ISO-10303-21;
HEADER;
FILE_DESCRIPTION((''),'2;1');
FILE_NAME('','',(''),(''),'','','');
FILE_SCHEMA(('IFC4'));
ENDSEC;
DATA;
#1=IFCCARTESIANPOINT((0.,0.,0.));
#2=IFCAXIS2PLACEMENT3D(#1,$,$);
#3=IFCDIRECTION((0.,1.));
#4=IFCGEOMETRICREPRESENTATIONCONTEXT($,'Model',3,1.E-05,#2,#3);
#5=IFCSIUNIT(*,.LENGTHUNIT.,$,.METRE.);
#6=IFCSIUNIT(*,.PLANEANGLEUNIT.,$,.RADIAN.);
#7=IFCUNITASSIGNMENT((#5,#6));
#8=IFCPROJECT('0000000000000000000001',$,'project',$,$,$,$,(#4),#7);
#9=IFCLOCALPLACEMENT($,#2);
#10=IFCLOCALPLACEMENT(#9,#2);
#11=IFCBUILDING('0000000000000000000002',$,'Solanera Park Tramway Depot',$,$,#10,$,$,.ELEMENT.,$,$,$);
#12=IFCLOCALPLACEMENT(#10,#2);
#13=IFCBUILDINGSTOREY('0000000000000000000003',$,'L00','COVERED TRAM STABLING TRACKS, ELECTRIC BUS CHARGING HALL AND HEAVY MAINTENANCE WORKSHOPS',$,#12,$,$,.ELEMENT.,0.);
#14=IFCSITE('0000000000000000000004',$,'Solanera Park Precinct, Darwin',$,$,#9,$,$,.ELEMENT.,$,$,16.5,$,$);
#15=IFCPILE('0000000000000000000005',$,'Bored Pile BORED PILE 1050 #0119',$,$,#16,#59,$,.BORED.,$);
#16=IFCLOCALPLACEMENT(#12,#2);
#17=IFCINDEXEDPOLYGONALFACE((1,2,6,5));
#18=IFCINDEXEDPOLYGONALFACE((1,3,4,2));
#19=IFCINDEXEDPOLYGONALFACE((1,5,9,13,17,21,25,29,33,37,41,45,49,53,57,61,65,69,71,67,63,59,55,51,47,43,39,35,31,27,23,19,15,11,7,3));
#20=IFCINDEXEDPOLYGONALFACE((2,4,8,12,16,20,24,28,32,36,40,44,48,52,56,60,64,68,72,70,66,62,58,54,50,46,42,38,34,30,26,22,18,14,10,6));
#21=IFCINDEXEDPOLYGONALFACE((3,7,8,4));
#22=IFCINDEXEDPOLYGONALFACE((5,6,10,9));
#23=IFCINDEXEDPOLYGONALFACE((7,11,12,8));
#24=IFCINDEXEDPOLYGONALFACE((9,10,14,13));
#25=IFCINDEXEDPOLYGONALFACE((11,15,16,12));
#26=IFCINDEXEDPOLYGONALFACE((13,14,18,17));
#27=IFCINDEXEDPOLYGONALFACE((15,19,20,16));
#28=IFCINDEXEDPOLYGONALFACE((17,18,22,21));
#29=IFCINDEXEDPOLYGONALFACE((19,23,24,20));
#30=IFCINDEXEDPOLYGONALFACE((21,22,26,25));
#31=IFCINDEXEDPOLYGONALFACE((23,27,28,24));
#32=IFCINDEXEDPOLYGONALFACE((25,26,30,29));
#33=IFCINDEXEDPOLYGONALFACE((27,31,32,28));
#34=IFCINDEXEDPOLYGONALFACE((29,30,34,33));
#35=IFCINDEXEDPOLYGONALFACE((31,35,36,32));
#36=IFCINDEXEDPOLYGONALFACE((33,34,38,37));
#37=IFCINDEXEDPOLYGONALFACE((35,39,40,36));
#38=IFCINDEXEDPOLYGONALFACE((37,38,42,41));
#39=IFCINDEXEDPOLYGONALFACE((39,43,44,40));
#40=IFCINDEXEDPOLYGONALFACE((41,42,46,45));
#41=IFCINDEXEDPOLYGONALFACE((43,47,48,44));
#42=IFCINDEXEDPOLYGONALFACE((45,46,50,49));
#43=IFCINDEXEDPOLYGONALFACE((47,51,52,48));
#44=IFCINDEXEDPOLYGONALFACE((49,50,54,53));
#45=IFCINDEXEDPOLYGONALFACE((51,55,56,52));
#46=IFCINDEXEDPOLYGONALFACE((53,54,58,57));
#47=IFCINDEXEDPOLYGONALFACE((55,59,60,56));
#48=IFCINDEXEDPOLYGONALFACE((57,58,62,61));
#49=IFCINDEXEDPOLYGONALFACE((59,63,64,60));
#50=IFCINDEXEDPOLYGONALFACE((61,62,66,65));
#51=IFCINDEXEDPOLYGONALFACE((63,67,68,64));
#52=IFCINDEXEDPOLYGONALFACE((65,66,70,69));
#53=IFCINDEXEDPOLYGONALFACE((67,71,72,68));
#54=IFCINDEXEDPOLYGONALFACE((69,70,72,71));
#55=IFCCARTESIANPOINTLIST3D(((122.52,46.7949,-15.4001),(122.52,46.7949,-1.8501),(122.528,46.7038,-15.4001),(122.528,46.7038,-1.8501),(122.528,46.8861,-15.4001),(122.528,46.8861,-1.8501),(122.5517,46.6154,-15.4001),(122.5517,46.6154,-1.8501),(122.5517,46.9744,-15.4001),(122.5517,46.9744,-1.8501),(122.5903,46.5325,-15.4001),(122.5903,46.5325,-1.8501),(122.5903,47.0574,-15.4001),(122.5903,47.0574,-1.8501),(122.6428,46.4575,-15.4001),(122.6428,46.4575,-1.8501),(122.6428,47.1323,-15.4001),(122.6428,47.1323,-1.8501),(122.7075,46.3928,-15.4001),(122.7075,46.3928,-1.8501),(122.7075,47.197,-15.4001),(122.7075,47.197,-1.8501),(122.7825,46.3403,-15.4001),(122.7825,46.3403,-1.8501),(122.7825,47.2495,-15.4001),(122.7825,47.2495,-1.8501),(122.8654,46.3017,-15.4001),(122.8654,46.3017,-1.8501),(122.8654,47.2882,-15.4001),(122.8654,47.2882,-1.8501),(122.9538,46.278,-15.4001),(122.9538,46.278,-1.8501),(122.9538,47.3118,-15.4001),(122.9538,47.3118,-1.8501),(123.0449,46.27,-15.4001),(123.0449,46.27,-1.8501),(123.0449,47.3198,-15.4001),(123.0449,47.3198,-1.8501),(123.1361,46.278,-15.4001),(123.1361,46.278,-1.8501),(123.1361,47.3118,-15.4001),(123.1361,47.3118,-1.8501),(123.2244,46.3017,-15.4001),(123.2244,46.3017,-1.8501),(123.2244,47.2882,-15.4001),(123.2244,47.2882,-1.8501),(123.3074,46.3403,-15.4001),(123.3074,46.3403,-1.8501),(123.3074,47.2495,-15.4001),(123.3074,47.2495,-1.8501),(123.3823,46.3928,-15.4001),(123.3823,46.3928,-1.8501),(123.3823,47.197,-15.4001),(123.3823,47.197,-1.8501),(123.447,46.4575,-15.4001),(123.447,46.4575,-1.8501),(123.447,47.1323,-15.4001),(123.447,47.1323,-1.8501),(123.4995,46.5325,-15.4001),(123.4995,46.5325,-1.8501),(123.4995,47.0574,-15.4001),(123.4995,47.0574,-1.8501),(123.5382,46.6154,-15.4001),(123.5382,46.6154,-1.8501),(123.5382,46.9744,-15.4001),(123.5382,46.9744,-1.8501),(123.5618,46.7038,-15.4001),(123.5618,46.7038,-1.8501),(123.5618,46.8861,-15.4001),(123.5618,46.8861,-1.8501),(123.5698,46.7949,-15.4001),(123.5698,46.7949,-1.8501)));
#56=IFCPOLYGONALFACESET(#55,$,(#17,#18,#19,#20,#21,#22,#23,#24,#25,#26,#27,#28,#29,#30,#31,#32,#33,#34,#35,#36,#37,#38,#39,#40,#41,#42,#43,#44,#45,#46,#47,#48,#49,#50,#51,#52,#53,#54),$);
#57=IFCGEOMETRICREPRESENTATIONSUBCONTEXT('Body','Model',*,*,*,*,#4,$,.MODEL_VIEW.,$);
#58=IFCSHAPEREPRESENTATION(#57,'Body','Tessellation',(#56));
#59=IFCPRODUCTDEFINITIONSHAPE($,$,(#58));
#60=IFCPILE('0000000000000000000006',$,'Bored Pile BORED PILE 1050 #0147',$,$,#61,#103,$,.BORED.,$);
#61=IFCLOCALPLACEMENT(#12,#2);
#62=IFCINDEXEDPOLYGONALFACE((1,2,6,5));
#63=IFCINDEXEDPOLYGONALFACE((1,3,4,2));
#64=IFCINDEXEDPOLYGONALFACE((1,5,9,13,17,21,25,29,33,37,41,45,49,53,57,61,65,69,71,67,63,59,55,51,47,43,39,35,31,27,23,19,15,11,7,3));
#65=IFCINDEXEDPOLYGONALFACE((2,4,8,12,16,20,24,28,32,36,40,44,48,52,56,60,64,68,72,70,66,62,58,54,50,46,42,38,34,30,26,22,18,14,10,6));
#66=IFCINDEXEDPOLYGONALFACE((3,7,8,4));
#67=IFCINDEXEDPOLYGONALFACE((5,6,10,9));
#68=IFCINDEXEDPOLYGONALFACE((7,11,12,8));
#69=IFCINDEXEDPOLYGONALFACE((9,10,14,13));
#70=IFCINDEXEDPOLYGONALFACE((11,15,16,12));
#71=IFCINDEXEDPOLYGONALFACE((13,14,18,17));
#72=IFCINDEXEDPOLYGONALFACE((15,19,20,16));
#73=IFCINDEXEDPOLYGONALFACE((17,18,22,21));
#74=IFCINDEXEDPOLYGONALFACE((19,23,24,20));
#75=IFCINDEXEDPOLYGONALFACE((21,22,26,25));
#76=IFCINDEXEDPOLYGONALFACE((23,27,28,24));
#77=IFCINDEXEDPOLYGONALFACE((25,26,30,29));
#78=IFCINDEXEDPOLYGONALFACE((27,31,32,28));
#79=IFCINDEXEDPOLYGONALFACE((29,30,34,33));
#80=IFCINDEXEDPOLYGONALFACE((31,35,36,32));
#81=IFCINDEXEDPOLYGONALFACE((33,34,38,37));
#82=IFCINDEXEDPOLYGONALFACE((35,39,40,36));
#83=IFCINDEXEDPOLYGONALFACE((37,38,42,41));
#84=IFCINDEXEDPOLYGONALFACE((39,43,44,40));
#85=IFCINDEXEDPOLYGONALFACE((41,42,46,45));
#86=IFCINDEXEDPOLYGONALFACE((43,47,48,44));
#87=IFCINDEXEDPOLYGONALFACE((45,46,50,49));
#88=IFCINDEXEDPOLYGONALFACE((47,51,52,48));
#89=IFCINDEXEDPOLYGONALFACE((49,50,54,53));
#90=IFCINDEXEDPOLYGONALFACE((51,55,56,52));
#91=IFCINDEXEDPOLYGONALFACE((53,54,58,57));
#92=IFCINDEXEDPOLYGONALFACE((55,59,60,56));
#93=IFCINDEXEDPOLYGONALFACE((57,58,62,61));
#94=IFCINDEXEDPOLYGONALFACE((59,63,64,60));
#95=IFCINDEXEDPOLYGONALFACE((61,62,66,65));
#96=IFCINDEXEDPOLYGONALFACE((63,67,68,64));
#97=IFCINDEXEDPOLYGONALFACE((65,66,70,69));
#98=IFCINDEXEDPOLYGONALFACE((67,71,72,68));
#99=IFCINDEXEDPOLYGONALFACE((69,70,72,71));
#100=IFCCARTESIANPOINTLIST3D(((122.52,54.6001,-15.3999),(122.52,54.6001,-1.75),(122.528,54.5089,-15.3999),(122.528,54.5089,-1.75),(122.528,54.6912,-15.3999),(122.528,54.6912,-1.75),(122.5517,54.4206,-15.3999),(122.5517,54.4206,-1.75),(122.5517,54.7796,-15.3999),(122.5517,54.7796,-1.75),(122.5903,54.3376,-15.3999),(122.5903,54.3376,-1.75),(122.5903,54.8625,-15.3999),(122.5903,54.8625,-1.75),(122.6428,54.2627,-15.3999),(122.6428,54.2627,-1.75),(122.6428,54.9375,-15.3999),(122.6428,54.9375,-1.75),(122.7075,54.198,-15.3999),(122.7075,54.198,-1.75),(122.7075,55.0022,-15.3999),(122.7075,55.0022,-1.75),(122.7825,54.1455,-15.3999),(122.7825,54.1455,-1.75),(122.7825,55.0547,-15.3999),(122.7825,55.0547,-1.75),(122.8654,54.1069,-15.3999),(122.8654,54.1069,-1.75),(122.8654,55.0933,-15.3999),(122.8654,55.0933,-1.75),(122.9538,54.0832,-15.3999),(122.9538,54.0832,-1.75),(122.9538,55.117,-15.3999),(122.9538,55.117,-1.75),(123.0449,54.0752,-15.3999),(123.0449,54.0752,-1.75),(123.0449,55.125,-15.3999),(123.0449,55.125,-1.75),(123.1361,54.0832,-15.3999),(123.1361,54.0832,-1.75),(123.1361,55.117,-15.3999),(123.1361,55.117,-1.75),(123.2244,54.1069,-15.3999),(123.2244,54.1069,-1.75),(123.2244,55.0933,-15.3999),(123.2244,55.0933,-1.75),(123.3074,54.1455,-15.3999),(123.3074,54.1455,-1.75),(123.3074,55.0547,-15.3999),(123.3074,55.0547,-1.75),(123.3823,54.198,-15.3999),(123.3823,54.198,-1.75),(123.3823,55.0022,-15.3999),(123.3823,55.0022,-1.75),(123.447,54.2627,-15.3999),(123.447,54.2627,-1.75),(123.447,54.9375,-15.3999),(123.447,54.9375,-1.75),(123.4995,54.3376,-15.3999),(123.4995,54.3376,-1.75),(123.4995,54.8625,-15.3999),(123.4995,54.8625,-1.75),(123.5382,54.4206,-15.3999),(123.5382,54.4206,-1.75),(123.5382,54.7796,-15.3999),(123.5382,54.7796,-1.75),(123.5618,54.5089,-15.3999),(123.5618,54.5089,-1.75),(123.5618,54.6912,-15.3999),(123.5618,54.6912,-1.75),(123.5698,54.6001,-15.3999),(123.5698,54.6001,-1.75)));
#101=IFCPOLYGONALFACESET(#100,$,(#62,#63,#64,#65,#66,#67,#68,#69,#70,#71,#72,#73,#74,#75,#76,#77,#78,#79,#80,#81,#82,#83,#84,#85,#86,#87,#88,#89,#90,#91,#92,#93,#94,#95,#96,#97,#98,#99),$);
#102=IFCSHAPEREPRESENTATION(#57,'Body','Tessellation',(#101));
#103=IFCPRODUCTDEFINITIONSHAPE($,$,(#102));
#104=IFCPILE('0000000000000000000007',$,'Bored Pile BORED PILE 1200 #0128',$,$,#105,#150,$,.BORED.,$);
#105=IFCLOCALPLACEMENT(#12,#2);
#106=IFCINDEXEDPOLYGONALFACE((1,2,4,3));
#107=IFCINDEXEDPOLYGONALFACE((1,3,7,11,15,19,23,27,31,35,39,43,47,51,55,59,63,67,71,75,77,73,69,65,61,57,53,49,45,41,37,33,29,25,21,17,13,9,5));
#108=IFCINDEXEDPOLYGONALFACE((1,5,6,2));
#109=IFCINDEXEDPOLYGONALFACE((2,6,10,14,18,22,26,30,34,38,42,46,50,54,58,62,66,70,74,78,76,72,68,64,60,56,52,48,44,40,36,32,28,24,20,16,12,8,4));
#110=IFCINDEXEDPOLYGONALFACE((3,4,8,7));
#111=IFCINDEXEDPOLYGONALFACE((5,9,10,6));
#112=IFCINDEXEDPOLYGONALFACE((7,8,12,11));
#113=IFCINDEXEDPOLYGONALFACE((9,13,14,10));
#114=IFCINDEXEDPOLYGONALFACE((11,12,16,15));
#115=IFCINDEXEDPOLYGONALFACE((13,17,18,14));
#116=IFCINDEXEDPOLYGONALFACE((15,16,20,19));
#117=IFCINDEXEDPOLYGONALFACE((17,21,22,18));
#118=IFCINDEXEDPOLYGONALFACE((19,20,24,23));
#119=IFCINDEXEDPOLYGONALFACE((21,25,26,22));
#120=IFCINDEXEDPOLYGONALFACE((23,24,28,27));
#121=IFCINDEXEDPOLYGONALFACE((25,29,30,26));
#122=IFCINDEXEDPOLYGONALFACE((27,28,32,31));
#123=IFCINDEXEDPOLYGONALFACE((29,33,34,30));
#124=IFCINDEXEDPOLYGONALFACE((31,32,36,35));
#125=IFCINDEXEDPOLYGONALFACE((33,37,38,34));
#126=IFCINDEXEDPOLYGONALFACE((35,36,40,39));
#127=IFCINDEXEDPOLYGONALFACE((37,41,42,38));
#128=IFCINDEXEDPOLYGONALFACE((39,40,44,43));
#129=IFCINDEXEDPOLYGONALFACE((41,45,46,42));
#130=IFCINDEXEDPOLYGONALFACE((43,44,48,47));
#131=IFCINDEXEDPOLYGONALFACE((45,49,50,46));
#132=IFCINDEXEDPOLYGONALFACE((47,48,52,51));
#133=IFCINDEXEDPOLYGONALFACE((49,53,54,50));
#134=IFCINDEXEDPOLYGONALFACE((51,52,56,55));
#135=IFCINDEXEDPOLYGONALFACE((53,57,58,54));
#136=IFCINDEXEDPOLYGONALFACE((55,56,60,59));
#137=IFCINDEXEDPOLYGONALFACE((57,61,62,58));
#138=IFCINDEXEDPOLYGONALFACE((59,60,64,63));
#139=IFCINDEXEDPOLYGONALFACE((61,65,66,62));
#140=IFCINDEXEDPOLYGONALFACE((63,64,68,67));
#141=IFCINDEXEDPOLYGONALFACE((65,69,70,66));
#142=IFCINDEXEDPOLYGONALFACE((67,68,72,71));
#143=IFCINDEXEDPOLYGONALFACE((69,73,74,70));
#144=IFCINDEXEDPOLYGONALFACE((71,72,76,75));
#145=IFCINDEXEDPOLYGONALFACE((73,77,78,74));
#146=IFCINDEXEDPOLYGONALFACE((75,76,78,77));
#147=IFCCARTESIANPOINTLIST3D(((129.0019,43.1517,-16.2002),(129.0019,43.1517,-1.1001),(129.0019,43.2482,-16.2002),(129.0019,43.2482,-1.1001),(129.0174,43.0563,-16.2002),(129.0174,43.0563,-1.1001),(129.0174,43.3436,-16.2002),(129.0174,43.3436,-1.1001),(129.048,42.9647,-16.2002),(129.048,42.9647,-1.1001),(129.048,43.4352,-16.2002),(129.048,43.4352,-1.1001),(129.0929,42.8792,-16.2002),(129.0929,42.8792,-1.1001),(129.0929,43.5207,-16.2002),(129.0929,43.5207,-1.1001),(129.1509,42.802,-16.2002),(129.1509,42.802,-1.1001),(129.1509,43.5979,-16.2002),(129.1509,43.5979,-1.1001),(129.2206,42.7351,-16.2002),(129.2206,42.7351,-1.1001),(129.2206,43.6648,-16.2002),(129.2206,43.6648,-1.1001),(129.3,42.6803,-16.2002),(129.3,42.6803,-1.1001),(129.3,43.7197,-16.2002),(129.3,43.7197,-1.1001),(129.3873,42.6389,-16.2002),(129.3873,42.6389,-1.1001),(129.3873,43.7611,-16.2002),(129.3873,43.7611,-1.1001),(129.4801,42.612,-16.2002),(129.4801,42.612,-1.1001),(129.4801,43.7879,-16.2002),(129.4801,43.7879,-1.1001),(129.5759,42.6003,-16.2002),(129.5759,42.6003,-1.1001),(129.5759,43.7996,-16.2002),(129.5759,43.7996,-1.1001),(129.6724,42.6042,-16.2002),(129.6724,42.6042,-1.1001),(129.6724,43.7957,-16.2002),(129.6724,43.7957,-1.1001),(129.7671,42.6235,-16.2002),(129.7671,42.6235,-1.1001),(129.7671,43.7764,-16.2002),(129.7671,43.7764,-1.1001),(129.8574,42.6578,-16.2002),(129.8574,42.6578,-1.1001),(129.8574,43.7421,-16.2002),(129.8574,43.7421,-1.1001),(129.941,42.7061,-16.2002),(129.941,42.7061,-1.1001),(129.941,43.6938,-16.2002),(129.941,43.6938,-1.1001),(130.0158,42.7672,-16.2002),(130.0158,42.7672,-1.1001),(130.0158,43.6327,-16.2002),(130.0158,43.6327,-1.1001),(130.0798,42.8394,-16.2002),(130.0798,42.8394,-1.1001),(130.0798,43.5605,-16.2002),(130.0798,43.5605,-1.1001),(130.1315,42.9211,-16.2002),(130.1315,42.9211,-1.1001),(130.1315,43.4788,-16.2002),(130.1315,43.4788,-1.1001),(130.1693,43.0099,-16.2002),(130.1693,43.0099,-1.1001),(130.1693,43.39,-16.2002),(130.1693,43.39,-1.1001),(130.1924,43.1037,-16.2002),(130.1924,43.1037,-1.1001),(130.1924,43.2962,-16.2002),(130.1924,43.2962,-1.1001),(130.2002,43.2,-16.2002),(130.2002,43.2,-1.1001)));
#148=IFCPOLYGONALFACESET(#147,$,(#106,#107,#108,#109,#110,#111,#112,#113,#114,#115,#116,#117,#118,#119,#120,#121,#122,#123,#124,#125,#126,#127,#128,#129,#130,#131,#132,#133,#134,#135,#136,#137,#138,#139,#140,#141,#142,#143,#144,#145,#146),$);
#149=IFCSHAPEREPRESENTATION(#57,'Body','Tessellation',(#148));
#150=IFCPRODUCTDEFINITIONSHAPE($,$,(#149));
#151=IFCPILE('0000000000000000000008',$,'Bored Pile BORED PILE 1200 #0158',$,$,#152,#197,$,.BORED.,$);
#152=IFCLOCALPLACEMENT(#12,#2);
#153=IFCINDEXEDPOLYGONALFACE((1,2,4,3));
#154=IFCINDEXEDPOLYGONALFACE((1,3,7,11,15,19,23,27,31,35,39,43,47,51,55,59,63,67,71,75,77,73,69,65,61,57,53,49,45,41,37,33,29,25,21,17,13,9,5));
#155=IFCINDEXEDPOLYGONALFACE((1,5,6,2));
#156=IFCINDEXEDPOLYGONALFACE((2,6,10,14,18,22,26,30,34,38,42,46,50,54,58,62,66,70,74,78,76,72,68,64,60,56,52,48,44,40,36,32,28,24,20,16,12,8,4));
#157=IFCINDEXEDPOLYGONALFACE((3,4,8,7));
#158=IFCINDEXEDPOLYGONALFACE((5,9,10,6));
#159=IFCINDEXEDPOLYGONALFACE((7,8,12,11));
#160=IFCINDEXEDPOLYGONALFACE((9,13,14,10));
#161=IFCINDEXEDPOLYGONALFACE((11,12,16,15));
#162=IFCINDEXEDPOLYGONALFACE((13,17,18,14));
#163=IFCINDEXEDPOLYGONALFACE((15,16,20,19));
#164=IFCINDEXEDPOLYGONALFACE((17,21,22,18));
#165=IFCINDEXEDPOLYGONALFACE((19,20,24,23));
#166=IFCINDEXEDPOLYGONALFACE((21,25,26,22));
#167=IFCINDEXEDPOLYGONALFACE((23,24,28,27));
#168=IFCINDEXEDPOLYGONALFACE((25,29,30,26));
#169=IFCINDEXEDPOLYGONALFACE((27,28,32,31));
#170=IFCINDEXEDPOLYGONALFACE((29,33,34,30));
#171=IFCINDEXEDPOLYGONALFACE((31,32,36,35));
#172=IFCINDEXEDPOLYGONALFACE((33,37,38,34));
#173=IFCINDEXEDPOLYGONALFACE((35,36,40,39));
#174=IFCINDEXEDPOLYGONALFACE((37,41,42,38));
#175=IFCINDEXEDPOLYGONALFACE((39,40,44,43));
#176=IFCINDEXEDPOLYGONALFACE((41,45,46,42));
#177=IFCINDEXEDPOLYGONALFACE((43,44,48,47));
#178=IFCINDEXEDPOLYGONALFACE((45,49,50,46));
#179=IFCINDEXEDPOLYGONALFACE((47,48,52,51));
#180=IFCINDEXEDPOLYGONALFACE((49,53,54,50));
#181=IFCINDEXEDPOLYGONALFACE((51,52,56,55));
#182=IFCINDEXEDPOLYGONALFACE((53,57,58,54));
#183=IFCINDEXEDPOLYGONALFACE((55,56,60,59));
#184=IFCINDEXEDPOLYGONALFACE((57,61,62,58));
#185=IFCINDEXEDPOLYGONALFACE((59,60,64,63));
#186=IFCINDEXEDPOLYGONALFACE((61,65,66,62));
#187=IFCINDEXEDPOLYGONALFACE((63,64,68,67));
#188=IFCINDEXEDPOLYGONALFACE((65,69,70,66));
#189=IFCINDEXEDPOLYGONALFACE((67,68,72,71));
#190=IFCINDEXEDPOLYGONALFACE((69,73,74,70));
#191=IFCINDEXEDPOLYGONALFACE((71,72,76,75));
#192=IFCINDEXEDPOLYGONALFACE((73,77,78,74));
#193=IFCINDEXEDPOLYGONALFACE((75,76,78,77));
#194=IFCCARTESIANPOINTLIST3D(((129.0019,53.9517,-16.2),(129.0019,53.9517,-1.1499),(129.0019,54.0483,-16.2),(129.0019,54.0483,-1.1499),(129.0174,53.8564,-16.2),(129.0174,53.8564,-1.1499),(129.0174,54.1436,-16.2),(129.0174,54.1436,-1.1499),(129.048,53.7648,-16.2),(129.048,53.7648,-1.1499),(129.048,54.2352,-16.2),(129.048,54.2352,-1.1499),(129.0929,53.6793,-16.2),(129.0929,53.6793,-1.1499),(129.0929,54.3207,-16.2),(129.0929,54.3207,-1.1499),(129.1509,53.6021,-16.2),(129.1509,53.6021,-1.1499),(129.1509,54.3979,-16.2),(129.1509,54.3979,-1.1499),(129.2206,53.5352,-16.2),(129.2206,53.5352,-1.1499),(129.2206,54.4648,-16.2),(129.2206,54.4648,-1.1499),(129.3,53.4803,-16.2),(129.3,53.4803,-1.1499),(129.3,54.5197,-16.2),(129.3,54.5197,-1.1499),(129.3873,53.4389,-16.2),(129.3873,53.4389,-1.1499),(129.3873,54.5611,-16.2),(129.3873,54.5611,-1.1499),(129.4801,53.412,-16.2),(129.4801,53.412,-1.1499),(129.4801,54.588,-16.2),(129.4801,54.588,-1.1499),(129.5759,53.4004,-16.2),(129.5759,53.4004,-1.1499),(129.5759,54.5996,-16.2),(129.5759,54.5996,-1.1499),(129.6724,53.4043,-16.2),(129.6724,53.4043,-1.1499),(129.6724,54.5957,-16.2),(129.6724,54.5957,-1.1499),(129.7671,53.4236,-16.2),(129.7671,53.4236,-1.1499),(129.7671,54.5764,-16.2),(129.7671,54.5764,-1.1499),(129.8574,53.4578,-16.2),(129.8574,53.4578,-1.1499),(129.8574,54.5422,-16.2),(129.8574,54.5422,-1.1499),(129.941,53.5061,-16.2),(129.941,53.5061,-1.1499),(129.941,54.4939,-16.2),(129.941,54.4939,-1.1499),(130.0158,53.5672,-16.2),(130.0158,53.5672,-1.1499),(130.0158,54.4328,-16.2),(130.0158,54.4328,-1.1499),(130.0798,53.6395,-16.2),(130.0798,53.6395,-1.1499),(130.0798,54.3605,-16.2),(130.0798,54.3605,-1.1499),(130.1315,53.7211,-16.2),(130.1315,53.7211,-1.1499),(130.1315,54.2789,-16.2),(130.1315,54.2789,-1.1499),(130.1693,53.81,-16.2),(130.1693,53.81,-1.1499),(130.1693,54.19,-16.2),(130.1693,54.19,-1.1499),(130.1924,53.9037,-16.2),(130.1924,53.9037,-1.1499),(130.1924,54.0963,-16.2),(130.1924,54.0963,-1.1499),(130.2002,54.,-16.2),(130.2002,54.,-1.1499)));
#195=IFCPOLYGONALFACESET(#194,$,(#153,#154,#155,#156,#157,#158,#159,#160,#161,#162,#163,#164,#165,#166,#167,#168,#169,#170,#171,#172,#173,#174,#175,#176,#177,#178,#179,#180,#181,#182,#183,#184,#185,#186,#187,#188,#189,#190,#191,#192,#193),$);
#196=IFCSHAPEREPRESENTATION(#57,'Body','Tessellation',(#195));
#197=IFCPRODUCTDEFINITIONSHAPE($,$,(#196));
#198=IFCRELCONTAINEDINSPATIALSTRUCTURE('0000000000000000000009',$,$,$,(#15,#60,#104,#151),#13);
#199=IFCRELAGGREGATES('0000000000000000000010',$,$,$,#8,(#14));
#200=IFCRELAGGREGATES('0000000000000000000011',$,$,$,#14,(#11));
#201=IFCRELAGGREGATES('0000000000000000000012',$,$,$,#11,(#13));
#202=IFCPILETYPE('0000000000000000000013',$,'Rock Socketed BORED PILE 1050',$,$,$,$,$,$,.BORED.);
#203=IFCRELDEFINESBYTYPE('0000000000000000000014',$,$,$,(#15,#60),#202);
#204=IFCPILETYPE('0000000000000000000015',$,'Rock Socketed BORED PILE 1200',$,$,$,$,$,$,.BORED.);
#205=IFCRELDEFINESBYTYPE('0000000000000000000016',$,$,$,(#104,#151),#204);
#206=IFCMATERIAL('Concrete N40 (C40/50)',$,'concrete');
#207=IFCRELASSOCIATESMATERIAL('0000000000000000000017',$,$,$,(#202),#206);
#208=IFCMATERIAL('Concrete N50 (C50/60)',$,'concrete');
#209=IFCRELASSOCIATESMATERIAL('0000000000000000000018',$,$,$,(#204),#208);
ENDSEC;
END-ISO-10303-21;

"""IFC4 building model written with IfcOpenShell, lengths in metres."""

from ifc_helpers import new_model, si_unit, direction, frame, origin, origin_2d, place, context, subcontext, project, spatial, circle, extrude, material, material_profile, profile_set, type_object, element, save


model = new_model("IFC4")

# Units and contexts
model_context = context("Model", 3, precision=1e-05, world=origin(), true_north=direction((0.0, 1.0)))
body_context = subcontext(model_context, "Body", "Model", "MODEL_VIEW")
ifc_project = project(units=[si_unit("LENGTHUNIT", "METRE"), si_unit("PLANEANGLEUNIT", "RADIAN")], contexts=[model_context])

# Site, building, storey
site_placement = place(None, origin())
site = spatial("IfcSite", under=ifc_project, at=site_placement, Name="Solanera Park Precinct, Darwin", CompositionType="ELEMENT", RefElevation=16.5)
building_placement = place(site_placement, origin())
building = spatial("IfcBuilding", under=site, at=building_placement, Name="Solanera Park Tramway Depot", CompositionType="ELEMENT")
storey_placement = place(building_placement, origin())
storey = spatial("IfcBuildingStorey", under=building, at=storey_placement, Name="L00", Description="COVERED TRAM STABLING TRACKS, ELECTRIC BUS CHARGING HALL AND HEAVY MAINTENANCE WORKSHOPS", CompositionType="ELEMENT", Elevation=0.0)

# Piles
ifc_material_1 = material(Name="Concrete N40 (C40/50)", Category="concrete")
ifc_material_profile_1 = material_profile(ifc_material_1, circle(Radius=0.5249, at=origin_2d()), Name="BORED PILE 1050")
ifc_profile_set_1 = profile_set([ifc_material_profile_1], Name="Concrete N40 (C40/50)")
pile_type_1 = type_object("IfcPileType", Name="Rock Socketed BORED PILE 1050", PredefinedType="BORED", material=ifc_profile_set_1)
pile_1_placement = place(storey_placement, frame((123.0449, 46.7949, -1.8501), z_axis=(0.0, 0.0, -1.0), x_axis=(1.0, 0.0, 0.0)))
element("IfcPile", 1, at=pile_1_placement, inside=storey, type_object=pile_type_1, Name="Bored Pile BORED PILE 1050 #0119", PredefinedType="BORED", context=body_context, shape_type="SweptSolid", body=[
    extrude(circle(Radius=0.5249, at=origin_2d()), origin(), (0.0, 0.0, 1.0), 13.55),
])
pile_2_placement = place(storey_placement, frame((123.0449, 54.6001, -1.75), z_axis=(0.0, 0.0, -1.0), x_axis=(1.0, 0.0, 0.0)))
element("IfcPile", 2, at=pile_2_placement, inside=storey, type_object=pile_type_1, Name="Bored Pile BORED PILE 1050 #0147", PredefinedType="BORED", context=body_context, shape_type="SweptSolid", body=[
    extrude(circle(Radius=0.5249, at=origin_2d()), origin(), (0.0, 0.0, 1.0), 13.6499),
])
ifc_material_2 = material(Name="Concrete N50 (C50/60)", Category="concrete")
ifc_material_profile_2 = material_profile(ifc_material_2, circle(Radius=0.6001, at=origin_2d()), Name="BORED PILE 1200")
ifc_profile_set_2 = profile_set([ifc_material_profile_2], Name="Concrete N50 (C50/60)")
pile_type_2 = type_object("IfcPileType", Name="Rock Socketed BORED PILE 1200", PredefinedType="BORED", material=ifc_profile_set_2)
pile_3_placement = place(storey_placement, frame((129.6001, 43.2, -1.1001), z_axis=(0.0, 0.0, -1.0), x_axis=(1.0, 0.0, 0.0)))
element("IfcPile", 3, at=pile_3_placement, inside=storey, type_object=pile_type_2, Name="Bored Pile BORED PILE 1200 #0128", PredefinedType="BORED", context=body_context, shape_type="SweptSolid", body=[
    extrude(circle(Radius=0.6001, at=origin_2d()), origin(), (0.0, 0.0, 1.0), 15.1001),
])
pile_4_placement = place(storey_placement, frame((129.6001, 54.0, -1.1499), z_axis=(0.0, 0.0, -1.0), x_axis=(1.0, 0.0, 0.0)))
element("IfcPile", 4, at=pile_4_placement, inside=storey, type_object=pile_type_2, Name="Bored Pile BORED PILE 1200 #0158", PredefinedType="BORED", context=body_context, shape_type="SweptSolid", body=[
    extrude(circle(Radius=0.6001, at=origin_2d()), origin(), (0.0, 0.0, 1.0), 15.05),
])

save(model, "model.ifc")
